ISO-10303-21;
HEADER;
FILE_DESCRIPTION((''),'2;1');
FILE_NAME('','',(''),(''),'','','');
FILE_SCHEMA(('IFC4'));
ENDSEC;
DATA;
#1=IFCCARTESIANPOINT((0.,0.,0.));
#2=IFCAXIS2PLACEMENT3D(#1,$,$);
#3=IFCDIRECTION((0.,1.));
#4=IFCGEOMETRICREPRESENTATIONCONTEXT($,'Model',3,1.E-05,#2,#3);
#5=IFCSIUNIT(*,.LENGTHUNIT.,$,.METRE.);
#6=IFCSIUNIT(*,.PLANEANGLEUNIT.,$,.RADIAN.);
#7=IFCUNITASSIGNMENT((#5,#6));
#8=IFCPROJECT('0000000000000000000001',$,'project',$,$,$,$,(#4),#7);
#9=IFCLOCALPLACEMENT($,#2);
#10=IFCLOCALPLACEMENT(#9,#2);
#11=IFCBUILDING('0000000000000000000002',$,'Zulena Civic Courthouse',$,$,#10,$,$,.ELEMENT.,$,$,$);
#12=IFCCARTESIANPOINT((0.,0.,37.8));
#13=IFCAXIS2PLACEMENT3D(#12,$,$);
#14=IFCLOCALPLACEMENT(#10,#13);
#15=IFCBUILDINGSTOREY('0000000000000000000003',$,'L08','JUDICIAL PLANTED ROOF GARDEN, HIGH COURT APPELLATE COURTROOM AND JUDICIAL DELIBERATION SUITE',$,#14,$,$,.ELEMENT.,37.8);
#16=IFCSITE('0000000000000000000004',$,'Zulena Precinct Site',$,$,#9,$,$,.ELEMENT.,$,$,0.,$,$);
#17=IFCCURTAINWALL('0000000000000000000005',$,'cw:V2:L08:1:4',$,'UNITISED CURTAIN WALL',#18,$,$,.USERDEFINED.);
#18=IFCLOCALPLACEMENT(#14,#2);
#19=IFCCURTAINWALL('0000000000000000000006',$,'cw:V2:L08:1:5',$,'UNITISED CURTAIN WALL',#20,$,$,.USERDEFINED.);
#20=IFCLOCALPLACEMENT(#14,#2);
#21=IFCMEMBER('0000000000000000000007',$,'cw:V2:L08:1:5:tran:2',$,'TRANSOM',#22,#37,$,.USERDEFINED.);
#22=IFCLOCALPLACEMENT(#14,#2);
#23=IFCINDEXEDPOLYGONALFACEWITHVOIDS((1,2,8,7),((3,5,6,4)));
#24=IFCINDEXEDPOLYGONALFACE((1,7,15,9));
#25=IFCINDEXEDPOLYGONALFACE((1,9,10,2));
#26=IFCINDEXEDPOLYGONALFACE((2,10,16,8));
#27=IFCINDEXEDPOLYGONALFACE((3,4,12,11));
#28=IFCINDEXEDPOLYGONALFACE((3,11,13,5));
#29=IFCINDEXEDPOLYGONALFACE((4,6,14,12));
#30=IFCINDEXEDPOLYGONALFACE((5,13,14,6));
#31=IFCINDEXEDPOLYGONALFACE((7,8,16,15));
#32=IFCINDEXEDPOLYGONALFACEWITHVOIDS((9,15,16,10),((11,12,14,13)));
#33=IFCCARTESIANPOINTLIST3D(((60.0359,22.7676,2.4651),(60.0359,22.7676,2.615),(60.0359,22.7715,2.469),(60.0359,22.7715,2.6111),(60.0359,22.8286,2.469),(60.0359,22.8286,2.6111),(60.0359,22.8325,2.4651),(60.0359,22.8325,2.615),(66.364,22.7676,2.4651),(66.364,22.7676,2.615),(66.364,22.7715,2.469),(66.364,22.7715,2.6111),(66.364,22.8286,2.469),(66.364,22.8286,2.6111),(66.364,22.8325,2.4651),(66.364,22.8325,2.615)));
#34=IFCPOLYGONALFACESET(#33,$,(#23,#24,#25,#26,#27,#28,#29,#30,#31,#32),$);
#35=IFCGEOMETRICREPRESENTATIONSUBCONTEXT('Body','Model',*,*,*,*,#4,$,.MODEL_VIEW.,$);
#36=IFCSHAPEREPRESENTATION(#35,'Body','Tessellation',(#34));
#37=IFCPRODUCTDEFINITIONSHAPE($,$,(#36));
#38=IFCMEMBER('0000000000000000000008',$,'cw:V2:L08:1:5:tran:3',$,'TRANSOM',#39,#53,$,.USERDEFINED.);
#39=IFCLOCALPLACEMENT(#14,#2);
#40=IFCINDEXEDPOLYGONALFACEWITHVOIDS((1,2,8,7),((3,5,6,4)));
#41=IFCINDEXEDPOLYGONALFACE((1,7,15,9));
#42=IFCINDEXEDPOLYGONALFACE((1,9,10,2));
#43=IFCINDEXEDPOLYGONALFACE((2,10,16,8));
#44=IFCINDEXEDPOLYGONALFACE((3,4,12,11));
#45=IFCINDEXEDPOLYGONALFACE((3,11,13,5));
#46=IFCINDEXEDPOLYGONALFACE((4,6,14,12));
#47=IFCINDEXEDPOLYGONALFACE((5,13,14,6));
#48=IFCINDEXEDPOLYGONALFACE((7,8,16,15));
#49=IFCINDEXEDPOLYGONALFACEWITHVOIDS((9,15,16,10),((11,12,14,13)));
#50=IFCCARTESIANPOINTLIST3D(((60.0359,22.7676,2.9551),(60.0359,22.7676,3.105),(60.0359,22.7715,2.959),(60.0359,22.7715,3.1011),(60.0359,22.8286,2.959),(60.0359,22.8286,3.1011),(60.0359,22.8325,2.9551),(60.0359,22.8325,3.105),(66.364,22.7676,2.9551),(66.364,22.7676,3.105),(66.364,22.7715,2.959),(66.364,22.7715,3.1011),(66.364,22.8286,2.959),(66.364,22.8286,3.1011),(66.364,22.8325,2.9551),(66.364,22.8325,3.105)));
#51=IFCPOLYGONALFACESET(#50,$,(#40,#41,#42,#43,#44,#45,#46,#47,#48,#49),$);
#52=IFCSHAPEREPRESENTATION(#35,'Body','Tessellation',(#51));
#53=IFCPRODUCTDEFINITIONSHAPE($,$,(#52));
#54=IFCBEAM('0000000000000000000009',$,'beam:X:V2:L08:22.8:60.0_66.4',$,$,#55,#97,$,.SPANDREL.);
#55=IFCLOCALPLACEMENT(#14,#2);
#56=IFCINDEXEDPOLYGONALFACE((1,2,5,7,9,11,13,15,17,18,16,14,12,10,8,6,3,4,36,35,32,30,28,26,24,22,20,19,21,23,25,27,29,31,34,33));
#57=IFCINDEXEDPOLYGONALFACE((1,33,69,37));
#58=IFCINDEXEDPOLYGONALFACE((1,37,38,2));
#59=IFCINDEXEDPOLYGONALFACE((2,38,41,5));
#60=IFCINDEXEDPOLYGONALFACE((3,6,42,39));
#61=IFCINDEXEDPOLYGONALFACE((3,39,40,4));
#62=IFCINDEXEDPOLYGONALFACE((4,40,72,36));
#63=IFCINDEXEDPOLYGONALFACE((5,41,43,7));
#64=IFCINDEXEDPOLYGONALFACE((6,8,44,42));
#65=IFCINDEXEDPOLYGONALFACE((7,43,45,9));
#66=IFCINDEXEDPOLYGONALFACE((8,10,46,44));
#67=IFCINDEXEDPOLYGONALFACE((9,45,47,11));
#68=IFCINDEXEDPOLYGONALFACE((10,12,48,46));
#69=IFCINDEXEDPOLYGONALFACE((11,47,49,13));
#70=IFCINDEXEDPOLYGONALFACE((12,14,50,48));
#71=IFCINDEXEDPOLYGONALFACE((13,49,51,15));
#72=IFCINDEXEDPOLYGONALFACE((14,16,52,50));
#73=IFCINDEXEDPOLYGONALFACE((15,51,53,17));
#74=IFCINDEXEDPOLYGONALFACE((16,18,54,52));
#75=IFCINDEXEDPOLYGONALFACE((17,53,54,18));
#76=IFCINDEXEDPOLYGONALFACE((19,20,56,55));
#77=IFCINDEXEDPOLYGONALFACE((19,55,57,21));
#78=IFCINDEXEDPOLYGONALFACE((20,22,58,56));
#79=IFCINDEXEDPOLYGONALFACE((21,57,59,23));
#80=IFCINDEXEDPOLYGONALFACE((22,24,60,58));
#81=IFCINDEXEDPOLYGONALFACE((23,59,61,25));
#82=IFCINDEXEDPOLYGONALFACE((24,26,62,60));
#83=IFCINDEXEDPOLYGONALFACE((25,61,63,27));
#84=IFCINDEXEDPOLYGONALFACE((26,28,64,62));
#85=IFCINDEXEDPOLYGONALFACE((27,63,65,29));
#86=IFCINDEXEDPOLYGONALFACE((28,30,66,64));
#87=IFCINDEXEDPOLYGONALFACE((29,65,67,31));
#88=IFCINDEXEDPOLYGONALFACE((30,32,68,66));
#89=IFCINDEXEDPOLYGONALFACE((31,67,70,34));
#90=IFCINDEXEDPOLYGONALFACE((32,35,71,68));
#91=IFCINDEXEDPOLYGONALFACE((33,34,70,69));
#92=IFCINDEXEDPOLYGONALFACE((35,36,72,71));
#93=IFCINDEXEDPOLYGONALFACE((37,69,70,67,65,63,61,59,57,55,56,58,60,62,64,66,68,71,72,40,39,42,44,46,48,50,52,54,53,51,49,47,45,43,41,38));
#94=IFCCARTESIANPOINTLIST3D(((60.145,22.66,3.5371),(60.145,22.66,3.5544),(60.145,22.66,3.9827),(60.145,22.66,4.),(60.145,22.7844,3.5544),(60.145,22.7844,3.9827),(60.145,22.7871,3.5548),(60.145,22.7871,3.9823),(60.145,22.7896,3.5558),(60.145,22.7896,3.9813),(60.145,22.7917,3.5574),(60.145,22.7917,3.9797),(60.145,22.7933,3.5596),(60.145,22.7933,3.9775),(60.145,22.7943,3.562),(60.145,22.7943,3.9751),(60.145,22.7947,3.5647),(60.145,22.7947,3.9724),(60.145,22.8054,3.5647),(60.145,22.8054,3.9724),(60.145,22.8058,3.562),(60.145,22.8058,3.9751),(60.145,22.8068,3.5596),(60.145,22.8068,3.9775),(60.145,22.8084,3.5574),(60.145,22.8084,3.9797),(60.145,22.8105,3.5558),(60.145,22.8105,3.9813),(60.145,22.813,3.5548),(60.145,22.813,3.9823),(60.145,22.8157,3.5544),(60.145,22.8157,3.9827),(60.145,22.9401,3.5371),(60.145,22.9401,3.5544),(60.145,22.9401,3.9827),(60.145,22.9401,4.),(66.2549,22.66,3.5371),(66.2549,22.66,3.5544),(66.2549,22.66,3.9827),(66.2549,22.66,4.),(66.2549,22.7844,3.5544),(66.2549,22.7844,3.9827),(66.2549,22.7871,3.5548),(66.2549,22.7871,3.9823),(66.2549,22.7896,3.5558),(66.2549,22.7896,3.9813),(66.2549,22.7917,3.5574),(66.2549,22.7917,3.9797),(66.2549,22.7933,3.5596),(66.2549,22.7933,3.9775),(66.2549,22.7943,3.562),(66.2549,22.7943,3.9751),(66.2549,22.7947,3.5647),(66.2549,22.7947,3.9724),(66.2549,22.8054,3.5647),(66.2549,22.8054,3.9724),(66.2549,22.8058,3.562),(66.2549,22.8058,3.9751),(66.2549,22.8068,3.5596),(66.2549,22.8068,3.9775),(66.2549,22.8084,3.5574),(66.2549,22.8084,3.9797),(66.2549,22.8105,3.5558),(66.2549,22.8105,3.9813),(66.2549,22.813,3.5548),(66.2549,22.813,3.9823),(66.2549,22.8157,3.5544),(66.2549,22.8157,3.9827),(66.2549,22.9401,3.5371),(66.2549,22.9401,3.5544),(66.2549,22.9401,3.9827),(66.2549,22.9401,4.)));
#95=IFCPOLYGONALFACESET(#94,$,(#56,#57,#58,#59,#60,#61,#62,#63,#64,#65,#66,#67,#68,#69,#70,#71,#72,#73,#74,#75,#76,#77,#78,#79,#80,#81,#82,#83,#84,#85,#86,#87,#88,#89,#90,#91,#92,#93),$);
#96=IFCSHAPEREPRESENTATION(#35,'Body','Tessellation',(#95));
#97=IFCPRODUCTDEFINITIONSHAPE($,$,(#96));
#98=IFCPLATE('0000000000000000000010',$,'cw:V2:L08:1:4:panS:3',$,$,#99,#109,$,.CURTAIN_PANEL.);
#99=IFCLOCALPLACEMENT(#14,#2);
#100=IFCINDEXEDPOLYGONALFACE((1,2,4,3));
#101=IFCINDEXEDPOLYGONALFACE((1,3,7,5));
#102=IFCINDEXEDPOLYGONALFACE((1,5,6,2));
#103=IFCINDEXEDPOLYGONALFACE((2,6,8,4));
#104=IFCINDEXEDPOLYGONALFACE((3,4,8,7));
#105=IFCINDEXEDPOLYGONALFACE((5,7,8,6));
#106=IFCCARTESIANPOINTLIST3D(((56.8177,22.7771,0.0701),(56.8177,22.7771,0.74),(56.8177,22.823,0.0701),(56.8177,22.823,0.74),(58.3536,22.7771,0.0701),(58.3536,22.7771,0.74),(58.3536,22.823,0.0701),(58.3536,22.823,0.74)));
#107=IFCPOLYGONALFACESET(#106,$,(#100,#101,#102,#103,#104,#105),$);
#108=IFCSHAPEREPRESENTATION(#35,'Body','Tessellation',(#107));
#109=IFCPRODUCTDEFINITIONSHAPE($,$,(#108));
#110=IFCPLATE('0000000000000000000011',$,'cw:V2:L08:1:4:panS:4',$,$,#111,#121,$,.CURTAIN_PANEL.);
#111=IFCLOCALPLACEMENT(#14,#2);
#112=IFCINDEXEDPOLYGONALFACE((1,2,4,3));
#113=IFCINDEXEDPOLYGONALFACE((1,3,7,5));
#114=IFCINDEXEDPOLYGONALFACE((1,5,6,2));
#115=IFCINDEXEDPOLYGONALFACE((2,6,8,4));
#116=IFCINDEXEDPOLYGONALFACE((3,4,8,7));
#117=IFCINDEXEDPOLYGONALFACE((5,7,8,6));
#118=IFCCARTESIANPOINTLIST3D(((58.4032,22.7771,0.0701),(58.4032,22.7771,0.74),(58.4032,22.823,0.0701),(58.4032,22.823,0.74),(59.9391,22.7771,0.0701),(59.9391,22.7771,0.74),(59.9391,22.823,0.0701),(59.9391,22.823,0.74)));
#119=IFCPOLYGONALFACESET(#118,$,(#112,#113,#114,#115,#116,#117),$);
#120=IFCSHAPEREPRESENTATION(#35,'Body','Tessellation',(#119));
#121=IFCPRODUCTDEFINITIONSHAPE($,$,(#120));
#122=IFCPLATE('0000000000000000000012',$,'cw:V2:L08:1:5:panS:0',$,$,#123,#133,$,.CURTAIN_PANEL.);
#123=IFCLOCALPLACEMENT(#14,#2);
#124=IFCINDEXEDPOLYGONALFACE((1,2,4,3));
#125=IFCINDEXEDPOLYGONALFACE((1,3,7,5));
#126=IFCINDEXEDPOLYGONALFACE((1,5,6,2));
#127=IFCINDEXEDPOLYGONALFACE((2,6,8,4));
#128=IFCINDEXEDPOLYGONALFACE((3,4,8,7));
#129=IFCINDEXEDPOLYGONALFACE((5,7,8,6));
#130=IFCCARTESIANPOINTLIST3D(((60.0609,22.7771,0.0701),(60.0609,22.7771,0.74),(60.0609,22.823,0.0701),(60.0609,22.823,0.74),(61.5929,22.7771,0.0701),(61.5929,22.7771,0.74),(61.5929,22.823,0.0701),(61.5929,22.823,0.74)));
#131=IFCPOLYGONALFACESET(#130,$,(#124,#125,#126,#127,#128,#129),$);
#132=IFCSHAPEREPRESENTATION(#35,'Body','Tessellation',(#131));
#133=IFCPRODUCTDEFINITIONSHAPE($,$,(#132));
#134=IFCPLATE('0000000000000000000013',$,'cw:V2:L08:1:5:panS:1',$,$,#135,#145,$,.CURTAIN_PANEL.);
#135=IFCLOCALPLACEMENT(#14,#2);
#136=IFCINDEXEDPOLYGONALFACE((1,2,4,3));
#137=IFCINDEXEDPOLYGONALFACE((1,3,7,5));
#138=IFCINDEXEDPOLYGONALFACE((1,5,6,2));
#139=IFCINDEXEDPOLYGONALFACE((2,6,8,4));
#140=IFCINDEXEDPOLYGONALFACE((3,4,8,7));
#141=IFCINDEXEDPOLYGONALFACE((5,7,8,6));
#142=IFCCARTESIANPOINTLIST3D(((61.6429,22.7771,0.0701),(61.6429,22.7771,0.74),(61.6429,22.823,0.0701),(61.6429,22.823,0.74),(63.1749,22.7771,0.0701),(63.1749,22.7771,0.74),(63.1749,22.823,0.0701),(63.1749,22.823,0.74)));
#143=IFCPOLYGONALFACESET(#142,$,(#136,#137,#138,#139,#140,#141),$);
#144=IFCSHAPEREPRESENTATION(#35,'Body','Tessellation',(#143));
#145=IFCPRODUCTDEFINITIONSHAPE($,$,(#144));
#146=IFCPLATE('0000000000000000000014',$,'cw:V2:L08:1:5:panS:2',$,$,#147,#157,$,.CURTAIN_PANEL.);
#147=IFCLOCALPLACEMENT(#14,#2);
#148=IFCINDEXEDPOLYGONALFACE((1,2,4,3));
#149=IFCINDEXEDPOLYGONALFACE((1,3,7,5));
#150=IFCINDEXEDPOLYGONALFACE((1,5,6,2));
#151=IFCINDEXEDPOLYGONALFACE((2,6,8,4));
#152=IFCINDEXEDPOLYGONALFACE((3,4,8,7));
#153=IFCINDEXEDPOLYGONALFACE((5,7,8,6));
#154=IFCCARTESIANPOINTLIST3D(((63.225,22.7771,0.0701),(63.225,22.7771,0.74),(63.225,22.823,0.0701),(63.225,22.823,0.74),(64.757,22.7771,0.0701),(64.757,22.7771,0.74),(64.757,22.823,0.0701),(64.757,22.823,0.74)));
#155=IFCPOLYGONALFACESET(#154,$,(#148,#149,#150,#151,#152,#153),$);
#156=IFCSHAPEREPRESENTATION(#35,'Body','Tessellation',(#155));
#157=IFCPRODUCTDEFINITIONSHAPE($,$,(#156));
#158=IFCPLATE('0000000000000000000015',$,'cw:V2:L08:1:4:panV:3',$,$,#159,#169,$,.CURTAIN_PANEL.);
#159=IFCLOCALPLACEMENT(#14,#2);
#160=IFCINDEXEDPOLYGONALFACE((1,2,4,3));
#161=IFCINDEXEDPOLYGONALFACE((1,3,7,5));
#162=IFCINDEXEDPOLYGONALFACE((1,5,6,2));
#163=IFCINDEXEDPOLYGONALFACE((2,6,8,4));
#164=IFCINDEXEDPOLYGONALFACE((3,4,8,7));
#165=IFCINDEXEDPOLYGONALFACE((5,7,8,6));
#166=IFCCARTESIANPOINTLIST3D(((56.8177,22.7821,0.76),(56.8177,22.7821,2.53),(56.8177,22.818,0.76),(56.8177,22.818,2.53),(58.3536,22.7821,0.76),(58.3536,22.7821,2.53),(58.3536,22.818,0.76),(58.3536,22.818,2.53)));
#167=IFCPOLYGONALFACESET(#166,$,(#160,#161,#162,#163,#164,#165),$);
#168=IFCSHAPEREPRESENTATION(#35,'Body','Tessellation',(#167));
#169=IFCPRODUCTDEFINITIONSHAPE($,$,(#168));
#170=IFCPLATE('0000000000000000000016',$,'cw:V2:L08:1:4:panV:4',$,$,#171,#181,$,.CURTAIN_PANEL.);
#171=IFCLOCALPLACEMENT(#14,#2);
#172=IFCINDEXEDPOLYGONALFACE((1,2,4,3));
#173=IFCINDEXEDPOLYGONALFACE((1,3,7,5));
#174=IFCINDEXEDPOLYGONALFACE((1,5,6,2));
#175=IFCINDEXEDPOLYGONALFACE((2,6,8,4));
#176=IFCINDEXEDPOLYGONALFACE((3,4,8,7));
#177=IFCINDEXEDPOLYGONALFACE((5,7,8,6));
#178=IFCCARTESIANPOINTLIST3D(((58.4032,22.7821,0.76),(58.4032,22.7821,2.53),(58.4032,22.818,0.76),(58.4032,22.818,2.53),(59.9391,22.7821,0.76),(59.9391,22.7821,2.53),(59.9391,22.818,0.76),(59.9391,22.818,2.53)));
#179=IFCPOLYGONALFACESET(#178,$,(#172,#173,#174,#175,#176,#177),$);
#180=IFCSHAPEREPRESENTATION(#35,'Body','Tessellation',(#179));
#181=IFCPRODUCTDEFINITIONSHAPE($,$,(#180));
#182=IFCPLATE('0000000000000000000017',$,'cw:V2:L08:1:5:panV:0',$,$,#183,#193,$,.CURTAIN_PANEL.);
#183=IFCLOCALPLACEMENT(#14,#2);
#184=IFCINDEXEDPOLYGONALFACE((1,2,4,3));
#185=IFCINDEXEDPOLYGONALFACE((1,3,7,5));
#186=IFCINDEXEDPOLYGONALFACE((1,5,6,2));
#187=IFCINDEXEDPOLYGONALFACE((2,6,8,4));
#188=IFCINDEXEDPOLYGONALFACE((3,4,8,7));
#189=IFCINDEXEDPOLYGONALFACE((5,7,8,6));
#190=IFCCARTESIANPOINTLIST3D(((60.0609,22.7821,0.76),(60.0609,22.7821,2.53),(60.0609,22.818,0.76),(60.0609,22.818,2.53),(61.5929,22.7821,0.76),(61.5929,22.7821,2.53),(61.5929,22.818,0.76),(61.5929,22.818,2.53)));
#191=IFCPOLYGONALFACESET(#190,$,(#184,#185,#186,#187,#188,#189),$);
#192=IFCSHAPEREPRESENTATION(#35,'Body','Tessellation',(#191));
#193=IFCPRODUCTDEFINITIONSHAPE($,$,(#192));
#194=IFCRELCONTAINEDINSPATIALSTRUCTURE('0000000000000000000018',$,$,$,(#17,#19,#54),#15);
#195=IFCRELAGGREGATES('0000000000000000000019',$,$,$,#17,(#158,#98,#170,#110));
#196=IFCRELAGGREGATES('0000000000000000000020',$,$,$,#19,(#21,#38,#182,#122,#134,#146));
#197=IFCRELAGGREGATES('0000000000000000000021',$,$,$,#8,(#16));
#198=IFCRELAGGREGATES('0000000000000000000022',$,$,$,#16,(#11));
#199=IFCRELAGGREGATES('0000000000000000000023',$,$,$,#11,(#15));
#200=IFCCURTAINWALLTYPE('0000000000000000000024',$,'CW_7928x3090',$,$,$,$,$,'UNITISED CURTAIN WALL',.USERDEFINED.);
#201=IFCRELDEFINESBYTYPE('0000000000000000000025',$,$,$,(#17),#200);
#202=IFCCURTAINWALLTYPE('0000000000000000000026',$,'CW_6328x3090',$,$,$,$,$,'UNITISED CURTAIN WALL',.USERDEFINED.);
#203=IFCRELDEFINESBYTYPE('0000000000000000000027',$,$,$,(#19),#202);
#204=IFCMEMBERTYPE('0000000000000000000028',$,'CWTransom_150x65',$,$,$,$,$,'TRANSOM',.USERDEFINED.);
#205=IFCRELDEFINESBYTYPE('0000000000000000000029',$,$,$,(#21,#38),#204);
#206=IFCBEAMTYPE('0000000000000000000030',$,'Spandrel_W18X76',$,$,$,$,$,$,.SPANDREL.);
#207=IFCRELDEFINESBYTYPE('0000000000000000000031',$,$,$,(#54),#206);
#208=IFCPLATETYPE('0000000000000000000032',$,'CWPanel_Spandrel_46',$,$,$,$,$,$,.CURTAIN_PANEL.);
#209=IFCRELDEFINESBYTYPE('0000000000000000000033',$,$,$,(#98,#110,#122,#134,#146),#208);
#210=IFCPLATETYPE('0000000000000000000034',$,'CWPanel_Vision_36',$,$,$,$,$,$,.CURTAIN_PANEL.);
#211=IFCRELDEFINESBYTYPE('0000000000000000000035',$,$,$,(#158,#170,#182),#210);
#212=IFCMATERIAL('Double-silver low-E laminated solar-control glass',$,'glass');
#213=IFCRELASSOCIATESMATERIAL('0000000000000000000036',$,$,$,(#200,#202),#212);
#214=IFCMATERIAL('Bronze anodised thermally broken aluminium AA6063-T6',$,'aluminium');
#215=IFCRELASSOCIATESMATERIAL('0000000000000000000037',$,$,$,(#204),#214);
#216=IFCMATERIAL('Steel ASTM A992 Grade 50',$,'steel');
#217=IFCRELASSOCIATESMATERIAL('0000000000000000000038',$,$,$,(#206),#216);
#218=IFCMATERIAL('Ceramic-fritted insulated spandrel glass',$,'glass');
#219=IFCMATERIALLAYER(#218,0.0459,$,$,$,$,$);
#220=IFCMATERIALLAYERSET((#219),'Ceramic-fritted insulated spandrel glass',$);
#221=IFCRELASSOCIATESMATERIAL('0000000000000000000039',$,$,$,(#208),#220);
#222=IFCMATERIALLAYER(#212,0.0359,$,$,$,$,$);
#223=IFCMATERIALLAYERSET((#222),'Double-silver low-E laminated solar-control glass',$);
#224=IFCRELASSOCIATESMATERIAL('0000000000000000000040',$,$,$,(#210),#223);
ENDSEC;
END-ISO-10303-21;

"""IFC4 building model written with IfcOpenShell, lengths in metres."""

from ifc_helpers import new_model, si_unit, direction, frame, origin, origin_2d, place, context, subcontext, project, spatial, rectangle, hollow_rectangle, i_section, extrude, material, layer, layer_set, material_profile, profile_set, type_object, element, aggregate, save


model = new_model("IFC4")

# Units and contexts
model_context = context("Model", 3, precision=1e-05, world=origin(), true_north=direction((0.0, 1.0)))
body_context = subcontext(model_context, "Body", "Model", "MODEL_VIEW")
ifc_project = project(units=[si_unit("LENGTHUNIT", "METRE"), si_unit("PLANEANGLEUNIT", "RADIAN")], contexts=[model_context])

# Site, building, storey
site_placement = place(None, origin())
site = spatial("IfcSite", under=ifc_project, at=site_placement, Name="Zulena Precinct Site", CompositionType="ELEMENT", RefElevation=0.0)
building_placement = place(site_placement, origin())
building = spatial("IfcBuilding", under=site, at=building_placement, Name="Zulena Civic Courthouse", CompositionType="ELEMENT")
storey_placement = place(building_placement, frame((0.0, 0.0, 37.8)))
storey = spatial("IfcBuildingStorey", under=building, at=storey_placement, Name="L08", Description="JUDICIAL PLANTED ROOF GARDEN, HIGH COURT APPELLATE COURTROOM AND JUDICIAL DELIBERATION SUITE", CompositionType="ELEMENT", Elevation=37.8)

# Shared definitions
ifc_material_1 = material(Name="Steel ASTM A992 Grade 50", Category="steel")

# Curtain walls, members
ifc_material_2 = material(Name="Double-silver low-E laminated solar-control glass", Category="glass")
curtain_wall_type_1 = type_object("IfcCurtainWallType", Name="CW_7928x3090", ElementType="UNITISED CURTAIN WALL", PredefinedType="USERDEFINED", material=ifc_material_2)
curtain_wall_1_placement = place(storey_placement, origin())
curtain_wall_1 = element("IfcCurtainWall", 1, at=curtain_wall_1_placement, inside=storey, type_object=curtain_wall_type_1, Name="cw:V2:L08:1:4", ObjectType="UNITISED CURTAIN WALL", PredefinedType="USERDEFINED")
ifc_material_3 = material(Name="Bronze anodised thermally broken aluminium AA6063-T6", Category="aluminium")
curtain_wall_type_2 = type_object("IfcCurtainWallType", Name="CW_6328x3090", ElementType="UNITISED CURTAIN WALL", PredefinedType="USERDEFINED", material=ifc_material_2)
curtain_wall_2_placement = place(storey_placement, origin())
curtain_wall_2 = element("IfcCurtainWall", 2, at=curtain_wall_2_placement, inside=storey, type_object=curtain_wall_type_2, Name="cw:V2:L08:1:5", ObjectType="UNITISED CURTAIN WALL", PredefinedType="USERDEFINED")
ifc_material_profile_1 = material_profile(ifc_material_3, hollow_rectangle(XDim=0.0649, YDim=0.1499, WallThickness=0.0039, at=origin_2d()), Name="CWT150X65X4")
ifc_profile_set_1 = profile_set([ifc_material_profile_1], Name="Bronze anodised thermally broken aluminium AA6063-T6")
member_type_1 = type_object("IfcMemberType", Name="CWTransom_150x65", ElementType="TRANSOM", PredefinedType="USERDEFINED", material=ifc_profile_set_1)
member_1_placement = place(storey_placement, frame((60.0359, 22.8, 2.54), z_axis=(1.0, 0.0, 0.0), x_axis=(0.0, 1.0, 0.0)))
member_1 = element("IfcMember", 3, at=member_1_placement, type_object=member_type_1, Name="cw:V2:L08:1:5:tran:2", ObjectType="TRANSOM", PredefinedType="USERDEFINED", context=body_context, shape_type="SweptSolid", body=[
    extrude(hollow_rectangle(XDim=0.0649, YDim=0.1499, WallThickness=0.0039, at=origin_2d()), origin(), (0.0, 0.0, 1.0), 6.3281),
])
member_2_placement = place(storey_placement, frame((60.0359, 22.8, 3.03), z_axis=(1.0, 0.0, 0.0), x_axis=(0.0, 1.0, 0.0)))
member_2 = element("IfcMember", 4, at=member_2_placement, type_object=member_type_1, Name="cw:V2:L08:1:5:tran:3", ObjectType="TRANSOM", PredefinedType="USERDEFINED", context=body_context, shape_type="SweptSolid", body=[
    extrude(hollow_rectangle(XDim=0.0649, YDim=0.1499, WallThickness=0.0039, at=origin_2d()), origin(), (0.0, 0.0, 1.0), 6.3281),
])

# Beam
ifc_material_profile_2 = material_profile(ifc_material_1, i_section(OverallWidth=0.28, OverallDepth=0.4629, WebThickness=0.0107, FlangeThickness=0.0173, FilletRadius=0.0103, at=origin_2d()), Name="W18X76")
ifc_profile_set_2 = profile_set([ifc_material_profile_2], Name="Steel ASTM A992 Grade 50")
beam_type = type_object("IfcBeamType", Name="Spandrel_W18X76", PredefinedType="SPANDREL", material=ifc_profile_set_2)
beam_placement = place(storey_placement, frame((60.145, 22.8, 3.7686), z_axis=(1.0, 0.0, 0.0), x_axis=(0.0, 1.0, 0.0)))
element("IfcBeam", 5, at=beam_placement, inside=storey, type_object=beam_type, Name="beam:X:V2:L08:22.8:60.0_66.4", PredefinedType="SPANDREL", context=body_context, shape_type="SweptSolid", body=[
    extrude(i_section(OverallWidth=0.28, OverallDepth=0.4629, WebThickness=0.0107, FlangeThickness=0.0173, FilletRadius=0.0103, at=origin_2d()), origin(), (0.0, 0.0, 1.0), 6.1099),
])

# Plates
ifc_material_4 = material(Name="Ceramic-fritted insulated spandrel glass", Category="glass")
ifc_layer_1 = layer(ifc_material_4, 0.0459)
ifc_layer_set_1 = layer_set([ifc_layer_1], Name="Ceramic-fritted insulated spandrel glass")
plate_type_1 = type_object("IfcPlateType", Name="CWPanel_Spandrel_46", PredefinedType="CURTAIN_PANEL", material=ifc_layer_set_1)
plate_1_placement = place(storey_placement, frame((57.5857, 22.8, 0.0701), z_axis=(0.0, 0.0, 1.0), x_axis=(1.0, 0.0, 0.0)))
plate_1 = element("IfcPlate", 6, at=plate_1_placement, type_object=plate_type_1, Name="cw:V2:L08:1:4:panS:3", PredefinedType="CURTAIN_PANEL", context=body_context, shape_type="SweptSolid", body=[
    extrude(rectangle(XDim=1.5359, YDim=0.0459, at=origin_2d()), origin(), (0.0, 0.0, 1.0), 0.6699),
])
plate_2_placement = place(storey_placement, frame((59.1711, 22.8, 0.0701), z_axis=(0.0, 0.0, 1.0), x_axis=(1.0, 0.0, 0.0)))
plate_2 = element("IfcPlate", 7, at=plate_2_placement, type_object=plate_type_1, Name="cw:V2:L08:1:4:panS:4", PredefinedType="CURTAIN_PANEL", context=body_context, shape_type="SweptSolid", body=[
    extrude(rectangle(XDim=1.5359, YDim=0.0459, at=origin_2d()), origin(), (0.0, 0.0, 1.0), 0.6699),
])
plate_3_placement = place(storey_placement, frame((60.8269, 22.8, 0.0701), z_axis=(0.0, 0.0, 1.0), x_axis=(1.0, 0.0, 0.0)))
plate_3 = element("IfcPlate", 8, at=plate_3_placement, type_object=plate_type_1, Name="cw:V2:L08:1:5:panS:0", PredefinedType="CURTAIN_PANEL", context=body_context, shape_type="SweptSolid", body=[
    extrude(rectangle(XDim=1.532, YDim=0.0459, at=origin_2d()), origin(), (0.0, 0.0, 1.0), 0.6699),
])
plate_4_placement = place(storey_placement, frame((62.4089, 22.8, 0.0701), z_axis=(0.0, 0.0, 1.0), x_axis=(1.0, 0.0, 0.0)))
plate_4 = element("IfcPlate", 9, at=plate_4_placement, type_object=plate_type_1, Name="cw:V2:L08:1:5:panS:1", PredefinedType="CURTAIN_PANEL", context=body_context, shape_type="SweptSolid", body=[
    extrude(rectangle(XDim=1.532, YDim=0.0459, at=origin_2d()), origin(), (0.0, 0.0, 1.0), 0.6699),
])
plate_5_placement = place(storey_placement, frame((63.991, 22.8, 0.0701), z_axis=(0.0, 0.0, 1.0), x_axis=(1.0, 0.0, 0.0)))
plate_5 = element("IfcPlate", 10, at=plate_5_placement, type_object=plate_type_1, Name="cw:V2:L08:1:5:panS:2", PredefinedType="CURTAIN_PANEL", context=body_context, shape_type="SweptSolid", body=[
    extrude(rectangle(XDim=1.532, YDim=0.0459, at=origin_2d()), origin(), (0.0, 0.0, 1.0), 0.6699),
])
ifc_layer_2 = layer(ifc_material_2, 0.0359)
ifc_layer_set_2 = layer_set([ifc_layer_2], Name="Double-silver low-E laminated solar-control glass")
plate_type_2 = type_object("IfcPlateType", Name="CWPanel_Vision_36", PredefinedType="CURTAIN_PANEL", material=ifc_layer_set_2)
plate_6_placement = place(storey_placement, frame((57.5857, 22.8, 0.76), z_axis=(0.0, 0.0, 1.0), x_axis=(1.0, 0.0, 0.0)))
plate_6 = element("IfcPlate", 11, at=plate_6_placement, type_object=plate_type_2, Name="cw:V2:L08:1:4:panV:3", PredefinedType="CURTAIN_PANEL", context=body_context, shape_type="SweptSolid", body=[
    extrude(rectangle(XDim=1.5359, YDim=0.0359, at=origin_2d()), origin(), (0.0, 0.0, 1.0), 1.77),
])
plate_7_placement = place(storey_placement, frame((59.1711, 22.8, 0.76), z_axis=(0.0, 0.0, 1.0), x_axis=(1.0, 0.0, 0.0)))
plate_7 = element("IfcPlate", 12, at=plate_7_placement, type_object=plate_type_2, Name="cw:V2:L08:1:4:panV:4", PredefinedType="CURTAIN_PANEL", context=body_context, shape_type="SweptSolid", body=[
    extrude(rectangle(XDim=1.5359, YDim=0.0359, at=origin_2d()), origin(), (0.0, 0.0, 1.0), 1.77),
])
aggregate(curtain_wall_1, [plate_6, plate_1, plate_7, plate_2])
plate_8_placement = place(storey_placement, frame((60.8269, 22.8, 0.76), z_axis=(0.0, 0.0, 1.0), x_axis=(1.0, 0.0, 0.0)))
plate_8 = element("IfcPlate", 13, at=plate_8_placement, type_object=plate_type_2, Name="cw:V2:L08:1:5:panV:0", PredefinedType="CURTAIN_PANEL", context=body_context, shape_type="SweptSolid", body=[
    extrude(rectangle(XDim=1.532, YDim=0.0359, at=origin_2d()), origin(), (0.0, 0.0, 1.0), 1.77),
])
aggregate(curtain_wall_2, [member_1, member_2, plate_8, plate_3, plate_4, plate_5])

save(model, "model.ifc")
